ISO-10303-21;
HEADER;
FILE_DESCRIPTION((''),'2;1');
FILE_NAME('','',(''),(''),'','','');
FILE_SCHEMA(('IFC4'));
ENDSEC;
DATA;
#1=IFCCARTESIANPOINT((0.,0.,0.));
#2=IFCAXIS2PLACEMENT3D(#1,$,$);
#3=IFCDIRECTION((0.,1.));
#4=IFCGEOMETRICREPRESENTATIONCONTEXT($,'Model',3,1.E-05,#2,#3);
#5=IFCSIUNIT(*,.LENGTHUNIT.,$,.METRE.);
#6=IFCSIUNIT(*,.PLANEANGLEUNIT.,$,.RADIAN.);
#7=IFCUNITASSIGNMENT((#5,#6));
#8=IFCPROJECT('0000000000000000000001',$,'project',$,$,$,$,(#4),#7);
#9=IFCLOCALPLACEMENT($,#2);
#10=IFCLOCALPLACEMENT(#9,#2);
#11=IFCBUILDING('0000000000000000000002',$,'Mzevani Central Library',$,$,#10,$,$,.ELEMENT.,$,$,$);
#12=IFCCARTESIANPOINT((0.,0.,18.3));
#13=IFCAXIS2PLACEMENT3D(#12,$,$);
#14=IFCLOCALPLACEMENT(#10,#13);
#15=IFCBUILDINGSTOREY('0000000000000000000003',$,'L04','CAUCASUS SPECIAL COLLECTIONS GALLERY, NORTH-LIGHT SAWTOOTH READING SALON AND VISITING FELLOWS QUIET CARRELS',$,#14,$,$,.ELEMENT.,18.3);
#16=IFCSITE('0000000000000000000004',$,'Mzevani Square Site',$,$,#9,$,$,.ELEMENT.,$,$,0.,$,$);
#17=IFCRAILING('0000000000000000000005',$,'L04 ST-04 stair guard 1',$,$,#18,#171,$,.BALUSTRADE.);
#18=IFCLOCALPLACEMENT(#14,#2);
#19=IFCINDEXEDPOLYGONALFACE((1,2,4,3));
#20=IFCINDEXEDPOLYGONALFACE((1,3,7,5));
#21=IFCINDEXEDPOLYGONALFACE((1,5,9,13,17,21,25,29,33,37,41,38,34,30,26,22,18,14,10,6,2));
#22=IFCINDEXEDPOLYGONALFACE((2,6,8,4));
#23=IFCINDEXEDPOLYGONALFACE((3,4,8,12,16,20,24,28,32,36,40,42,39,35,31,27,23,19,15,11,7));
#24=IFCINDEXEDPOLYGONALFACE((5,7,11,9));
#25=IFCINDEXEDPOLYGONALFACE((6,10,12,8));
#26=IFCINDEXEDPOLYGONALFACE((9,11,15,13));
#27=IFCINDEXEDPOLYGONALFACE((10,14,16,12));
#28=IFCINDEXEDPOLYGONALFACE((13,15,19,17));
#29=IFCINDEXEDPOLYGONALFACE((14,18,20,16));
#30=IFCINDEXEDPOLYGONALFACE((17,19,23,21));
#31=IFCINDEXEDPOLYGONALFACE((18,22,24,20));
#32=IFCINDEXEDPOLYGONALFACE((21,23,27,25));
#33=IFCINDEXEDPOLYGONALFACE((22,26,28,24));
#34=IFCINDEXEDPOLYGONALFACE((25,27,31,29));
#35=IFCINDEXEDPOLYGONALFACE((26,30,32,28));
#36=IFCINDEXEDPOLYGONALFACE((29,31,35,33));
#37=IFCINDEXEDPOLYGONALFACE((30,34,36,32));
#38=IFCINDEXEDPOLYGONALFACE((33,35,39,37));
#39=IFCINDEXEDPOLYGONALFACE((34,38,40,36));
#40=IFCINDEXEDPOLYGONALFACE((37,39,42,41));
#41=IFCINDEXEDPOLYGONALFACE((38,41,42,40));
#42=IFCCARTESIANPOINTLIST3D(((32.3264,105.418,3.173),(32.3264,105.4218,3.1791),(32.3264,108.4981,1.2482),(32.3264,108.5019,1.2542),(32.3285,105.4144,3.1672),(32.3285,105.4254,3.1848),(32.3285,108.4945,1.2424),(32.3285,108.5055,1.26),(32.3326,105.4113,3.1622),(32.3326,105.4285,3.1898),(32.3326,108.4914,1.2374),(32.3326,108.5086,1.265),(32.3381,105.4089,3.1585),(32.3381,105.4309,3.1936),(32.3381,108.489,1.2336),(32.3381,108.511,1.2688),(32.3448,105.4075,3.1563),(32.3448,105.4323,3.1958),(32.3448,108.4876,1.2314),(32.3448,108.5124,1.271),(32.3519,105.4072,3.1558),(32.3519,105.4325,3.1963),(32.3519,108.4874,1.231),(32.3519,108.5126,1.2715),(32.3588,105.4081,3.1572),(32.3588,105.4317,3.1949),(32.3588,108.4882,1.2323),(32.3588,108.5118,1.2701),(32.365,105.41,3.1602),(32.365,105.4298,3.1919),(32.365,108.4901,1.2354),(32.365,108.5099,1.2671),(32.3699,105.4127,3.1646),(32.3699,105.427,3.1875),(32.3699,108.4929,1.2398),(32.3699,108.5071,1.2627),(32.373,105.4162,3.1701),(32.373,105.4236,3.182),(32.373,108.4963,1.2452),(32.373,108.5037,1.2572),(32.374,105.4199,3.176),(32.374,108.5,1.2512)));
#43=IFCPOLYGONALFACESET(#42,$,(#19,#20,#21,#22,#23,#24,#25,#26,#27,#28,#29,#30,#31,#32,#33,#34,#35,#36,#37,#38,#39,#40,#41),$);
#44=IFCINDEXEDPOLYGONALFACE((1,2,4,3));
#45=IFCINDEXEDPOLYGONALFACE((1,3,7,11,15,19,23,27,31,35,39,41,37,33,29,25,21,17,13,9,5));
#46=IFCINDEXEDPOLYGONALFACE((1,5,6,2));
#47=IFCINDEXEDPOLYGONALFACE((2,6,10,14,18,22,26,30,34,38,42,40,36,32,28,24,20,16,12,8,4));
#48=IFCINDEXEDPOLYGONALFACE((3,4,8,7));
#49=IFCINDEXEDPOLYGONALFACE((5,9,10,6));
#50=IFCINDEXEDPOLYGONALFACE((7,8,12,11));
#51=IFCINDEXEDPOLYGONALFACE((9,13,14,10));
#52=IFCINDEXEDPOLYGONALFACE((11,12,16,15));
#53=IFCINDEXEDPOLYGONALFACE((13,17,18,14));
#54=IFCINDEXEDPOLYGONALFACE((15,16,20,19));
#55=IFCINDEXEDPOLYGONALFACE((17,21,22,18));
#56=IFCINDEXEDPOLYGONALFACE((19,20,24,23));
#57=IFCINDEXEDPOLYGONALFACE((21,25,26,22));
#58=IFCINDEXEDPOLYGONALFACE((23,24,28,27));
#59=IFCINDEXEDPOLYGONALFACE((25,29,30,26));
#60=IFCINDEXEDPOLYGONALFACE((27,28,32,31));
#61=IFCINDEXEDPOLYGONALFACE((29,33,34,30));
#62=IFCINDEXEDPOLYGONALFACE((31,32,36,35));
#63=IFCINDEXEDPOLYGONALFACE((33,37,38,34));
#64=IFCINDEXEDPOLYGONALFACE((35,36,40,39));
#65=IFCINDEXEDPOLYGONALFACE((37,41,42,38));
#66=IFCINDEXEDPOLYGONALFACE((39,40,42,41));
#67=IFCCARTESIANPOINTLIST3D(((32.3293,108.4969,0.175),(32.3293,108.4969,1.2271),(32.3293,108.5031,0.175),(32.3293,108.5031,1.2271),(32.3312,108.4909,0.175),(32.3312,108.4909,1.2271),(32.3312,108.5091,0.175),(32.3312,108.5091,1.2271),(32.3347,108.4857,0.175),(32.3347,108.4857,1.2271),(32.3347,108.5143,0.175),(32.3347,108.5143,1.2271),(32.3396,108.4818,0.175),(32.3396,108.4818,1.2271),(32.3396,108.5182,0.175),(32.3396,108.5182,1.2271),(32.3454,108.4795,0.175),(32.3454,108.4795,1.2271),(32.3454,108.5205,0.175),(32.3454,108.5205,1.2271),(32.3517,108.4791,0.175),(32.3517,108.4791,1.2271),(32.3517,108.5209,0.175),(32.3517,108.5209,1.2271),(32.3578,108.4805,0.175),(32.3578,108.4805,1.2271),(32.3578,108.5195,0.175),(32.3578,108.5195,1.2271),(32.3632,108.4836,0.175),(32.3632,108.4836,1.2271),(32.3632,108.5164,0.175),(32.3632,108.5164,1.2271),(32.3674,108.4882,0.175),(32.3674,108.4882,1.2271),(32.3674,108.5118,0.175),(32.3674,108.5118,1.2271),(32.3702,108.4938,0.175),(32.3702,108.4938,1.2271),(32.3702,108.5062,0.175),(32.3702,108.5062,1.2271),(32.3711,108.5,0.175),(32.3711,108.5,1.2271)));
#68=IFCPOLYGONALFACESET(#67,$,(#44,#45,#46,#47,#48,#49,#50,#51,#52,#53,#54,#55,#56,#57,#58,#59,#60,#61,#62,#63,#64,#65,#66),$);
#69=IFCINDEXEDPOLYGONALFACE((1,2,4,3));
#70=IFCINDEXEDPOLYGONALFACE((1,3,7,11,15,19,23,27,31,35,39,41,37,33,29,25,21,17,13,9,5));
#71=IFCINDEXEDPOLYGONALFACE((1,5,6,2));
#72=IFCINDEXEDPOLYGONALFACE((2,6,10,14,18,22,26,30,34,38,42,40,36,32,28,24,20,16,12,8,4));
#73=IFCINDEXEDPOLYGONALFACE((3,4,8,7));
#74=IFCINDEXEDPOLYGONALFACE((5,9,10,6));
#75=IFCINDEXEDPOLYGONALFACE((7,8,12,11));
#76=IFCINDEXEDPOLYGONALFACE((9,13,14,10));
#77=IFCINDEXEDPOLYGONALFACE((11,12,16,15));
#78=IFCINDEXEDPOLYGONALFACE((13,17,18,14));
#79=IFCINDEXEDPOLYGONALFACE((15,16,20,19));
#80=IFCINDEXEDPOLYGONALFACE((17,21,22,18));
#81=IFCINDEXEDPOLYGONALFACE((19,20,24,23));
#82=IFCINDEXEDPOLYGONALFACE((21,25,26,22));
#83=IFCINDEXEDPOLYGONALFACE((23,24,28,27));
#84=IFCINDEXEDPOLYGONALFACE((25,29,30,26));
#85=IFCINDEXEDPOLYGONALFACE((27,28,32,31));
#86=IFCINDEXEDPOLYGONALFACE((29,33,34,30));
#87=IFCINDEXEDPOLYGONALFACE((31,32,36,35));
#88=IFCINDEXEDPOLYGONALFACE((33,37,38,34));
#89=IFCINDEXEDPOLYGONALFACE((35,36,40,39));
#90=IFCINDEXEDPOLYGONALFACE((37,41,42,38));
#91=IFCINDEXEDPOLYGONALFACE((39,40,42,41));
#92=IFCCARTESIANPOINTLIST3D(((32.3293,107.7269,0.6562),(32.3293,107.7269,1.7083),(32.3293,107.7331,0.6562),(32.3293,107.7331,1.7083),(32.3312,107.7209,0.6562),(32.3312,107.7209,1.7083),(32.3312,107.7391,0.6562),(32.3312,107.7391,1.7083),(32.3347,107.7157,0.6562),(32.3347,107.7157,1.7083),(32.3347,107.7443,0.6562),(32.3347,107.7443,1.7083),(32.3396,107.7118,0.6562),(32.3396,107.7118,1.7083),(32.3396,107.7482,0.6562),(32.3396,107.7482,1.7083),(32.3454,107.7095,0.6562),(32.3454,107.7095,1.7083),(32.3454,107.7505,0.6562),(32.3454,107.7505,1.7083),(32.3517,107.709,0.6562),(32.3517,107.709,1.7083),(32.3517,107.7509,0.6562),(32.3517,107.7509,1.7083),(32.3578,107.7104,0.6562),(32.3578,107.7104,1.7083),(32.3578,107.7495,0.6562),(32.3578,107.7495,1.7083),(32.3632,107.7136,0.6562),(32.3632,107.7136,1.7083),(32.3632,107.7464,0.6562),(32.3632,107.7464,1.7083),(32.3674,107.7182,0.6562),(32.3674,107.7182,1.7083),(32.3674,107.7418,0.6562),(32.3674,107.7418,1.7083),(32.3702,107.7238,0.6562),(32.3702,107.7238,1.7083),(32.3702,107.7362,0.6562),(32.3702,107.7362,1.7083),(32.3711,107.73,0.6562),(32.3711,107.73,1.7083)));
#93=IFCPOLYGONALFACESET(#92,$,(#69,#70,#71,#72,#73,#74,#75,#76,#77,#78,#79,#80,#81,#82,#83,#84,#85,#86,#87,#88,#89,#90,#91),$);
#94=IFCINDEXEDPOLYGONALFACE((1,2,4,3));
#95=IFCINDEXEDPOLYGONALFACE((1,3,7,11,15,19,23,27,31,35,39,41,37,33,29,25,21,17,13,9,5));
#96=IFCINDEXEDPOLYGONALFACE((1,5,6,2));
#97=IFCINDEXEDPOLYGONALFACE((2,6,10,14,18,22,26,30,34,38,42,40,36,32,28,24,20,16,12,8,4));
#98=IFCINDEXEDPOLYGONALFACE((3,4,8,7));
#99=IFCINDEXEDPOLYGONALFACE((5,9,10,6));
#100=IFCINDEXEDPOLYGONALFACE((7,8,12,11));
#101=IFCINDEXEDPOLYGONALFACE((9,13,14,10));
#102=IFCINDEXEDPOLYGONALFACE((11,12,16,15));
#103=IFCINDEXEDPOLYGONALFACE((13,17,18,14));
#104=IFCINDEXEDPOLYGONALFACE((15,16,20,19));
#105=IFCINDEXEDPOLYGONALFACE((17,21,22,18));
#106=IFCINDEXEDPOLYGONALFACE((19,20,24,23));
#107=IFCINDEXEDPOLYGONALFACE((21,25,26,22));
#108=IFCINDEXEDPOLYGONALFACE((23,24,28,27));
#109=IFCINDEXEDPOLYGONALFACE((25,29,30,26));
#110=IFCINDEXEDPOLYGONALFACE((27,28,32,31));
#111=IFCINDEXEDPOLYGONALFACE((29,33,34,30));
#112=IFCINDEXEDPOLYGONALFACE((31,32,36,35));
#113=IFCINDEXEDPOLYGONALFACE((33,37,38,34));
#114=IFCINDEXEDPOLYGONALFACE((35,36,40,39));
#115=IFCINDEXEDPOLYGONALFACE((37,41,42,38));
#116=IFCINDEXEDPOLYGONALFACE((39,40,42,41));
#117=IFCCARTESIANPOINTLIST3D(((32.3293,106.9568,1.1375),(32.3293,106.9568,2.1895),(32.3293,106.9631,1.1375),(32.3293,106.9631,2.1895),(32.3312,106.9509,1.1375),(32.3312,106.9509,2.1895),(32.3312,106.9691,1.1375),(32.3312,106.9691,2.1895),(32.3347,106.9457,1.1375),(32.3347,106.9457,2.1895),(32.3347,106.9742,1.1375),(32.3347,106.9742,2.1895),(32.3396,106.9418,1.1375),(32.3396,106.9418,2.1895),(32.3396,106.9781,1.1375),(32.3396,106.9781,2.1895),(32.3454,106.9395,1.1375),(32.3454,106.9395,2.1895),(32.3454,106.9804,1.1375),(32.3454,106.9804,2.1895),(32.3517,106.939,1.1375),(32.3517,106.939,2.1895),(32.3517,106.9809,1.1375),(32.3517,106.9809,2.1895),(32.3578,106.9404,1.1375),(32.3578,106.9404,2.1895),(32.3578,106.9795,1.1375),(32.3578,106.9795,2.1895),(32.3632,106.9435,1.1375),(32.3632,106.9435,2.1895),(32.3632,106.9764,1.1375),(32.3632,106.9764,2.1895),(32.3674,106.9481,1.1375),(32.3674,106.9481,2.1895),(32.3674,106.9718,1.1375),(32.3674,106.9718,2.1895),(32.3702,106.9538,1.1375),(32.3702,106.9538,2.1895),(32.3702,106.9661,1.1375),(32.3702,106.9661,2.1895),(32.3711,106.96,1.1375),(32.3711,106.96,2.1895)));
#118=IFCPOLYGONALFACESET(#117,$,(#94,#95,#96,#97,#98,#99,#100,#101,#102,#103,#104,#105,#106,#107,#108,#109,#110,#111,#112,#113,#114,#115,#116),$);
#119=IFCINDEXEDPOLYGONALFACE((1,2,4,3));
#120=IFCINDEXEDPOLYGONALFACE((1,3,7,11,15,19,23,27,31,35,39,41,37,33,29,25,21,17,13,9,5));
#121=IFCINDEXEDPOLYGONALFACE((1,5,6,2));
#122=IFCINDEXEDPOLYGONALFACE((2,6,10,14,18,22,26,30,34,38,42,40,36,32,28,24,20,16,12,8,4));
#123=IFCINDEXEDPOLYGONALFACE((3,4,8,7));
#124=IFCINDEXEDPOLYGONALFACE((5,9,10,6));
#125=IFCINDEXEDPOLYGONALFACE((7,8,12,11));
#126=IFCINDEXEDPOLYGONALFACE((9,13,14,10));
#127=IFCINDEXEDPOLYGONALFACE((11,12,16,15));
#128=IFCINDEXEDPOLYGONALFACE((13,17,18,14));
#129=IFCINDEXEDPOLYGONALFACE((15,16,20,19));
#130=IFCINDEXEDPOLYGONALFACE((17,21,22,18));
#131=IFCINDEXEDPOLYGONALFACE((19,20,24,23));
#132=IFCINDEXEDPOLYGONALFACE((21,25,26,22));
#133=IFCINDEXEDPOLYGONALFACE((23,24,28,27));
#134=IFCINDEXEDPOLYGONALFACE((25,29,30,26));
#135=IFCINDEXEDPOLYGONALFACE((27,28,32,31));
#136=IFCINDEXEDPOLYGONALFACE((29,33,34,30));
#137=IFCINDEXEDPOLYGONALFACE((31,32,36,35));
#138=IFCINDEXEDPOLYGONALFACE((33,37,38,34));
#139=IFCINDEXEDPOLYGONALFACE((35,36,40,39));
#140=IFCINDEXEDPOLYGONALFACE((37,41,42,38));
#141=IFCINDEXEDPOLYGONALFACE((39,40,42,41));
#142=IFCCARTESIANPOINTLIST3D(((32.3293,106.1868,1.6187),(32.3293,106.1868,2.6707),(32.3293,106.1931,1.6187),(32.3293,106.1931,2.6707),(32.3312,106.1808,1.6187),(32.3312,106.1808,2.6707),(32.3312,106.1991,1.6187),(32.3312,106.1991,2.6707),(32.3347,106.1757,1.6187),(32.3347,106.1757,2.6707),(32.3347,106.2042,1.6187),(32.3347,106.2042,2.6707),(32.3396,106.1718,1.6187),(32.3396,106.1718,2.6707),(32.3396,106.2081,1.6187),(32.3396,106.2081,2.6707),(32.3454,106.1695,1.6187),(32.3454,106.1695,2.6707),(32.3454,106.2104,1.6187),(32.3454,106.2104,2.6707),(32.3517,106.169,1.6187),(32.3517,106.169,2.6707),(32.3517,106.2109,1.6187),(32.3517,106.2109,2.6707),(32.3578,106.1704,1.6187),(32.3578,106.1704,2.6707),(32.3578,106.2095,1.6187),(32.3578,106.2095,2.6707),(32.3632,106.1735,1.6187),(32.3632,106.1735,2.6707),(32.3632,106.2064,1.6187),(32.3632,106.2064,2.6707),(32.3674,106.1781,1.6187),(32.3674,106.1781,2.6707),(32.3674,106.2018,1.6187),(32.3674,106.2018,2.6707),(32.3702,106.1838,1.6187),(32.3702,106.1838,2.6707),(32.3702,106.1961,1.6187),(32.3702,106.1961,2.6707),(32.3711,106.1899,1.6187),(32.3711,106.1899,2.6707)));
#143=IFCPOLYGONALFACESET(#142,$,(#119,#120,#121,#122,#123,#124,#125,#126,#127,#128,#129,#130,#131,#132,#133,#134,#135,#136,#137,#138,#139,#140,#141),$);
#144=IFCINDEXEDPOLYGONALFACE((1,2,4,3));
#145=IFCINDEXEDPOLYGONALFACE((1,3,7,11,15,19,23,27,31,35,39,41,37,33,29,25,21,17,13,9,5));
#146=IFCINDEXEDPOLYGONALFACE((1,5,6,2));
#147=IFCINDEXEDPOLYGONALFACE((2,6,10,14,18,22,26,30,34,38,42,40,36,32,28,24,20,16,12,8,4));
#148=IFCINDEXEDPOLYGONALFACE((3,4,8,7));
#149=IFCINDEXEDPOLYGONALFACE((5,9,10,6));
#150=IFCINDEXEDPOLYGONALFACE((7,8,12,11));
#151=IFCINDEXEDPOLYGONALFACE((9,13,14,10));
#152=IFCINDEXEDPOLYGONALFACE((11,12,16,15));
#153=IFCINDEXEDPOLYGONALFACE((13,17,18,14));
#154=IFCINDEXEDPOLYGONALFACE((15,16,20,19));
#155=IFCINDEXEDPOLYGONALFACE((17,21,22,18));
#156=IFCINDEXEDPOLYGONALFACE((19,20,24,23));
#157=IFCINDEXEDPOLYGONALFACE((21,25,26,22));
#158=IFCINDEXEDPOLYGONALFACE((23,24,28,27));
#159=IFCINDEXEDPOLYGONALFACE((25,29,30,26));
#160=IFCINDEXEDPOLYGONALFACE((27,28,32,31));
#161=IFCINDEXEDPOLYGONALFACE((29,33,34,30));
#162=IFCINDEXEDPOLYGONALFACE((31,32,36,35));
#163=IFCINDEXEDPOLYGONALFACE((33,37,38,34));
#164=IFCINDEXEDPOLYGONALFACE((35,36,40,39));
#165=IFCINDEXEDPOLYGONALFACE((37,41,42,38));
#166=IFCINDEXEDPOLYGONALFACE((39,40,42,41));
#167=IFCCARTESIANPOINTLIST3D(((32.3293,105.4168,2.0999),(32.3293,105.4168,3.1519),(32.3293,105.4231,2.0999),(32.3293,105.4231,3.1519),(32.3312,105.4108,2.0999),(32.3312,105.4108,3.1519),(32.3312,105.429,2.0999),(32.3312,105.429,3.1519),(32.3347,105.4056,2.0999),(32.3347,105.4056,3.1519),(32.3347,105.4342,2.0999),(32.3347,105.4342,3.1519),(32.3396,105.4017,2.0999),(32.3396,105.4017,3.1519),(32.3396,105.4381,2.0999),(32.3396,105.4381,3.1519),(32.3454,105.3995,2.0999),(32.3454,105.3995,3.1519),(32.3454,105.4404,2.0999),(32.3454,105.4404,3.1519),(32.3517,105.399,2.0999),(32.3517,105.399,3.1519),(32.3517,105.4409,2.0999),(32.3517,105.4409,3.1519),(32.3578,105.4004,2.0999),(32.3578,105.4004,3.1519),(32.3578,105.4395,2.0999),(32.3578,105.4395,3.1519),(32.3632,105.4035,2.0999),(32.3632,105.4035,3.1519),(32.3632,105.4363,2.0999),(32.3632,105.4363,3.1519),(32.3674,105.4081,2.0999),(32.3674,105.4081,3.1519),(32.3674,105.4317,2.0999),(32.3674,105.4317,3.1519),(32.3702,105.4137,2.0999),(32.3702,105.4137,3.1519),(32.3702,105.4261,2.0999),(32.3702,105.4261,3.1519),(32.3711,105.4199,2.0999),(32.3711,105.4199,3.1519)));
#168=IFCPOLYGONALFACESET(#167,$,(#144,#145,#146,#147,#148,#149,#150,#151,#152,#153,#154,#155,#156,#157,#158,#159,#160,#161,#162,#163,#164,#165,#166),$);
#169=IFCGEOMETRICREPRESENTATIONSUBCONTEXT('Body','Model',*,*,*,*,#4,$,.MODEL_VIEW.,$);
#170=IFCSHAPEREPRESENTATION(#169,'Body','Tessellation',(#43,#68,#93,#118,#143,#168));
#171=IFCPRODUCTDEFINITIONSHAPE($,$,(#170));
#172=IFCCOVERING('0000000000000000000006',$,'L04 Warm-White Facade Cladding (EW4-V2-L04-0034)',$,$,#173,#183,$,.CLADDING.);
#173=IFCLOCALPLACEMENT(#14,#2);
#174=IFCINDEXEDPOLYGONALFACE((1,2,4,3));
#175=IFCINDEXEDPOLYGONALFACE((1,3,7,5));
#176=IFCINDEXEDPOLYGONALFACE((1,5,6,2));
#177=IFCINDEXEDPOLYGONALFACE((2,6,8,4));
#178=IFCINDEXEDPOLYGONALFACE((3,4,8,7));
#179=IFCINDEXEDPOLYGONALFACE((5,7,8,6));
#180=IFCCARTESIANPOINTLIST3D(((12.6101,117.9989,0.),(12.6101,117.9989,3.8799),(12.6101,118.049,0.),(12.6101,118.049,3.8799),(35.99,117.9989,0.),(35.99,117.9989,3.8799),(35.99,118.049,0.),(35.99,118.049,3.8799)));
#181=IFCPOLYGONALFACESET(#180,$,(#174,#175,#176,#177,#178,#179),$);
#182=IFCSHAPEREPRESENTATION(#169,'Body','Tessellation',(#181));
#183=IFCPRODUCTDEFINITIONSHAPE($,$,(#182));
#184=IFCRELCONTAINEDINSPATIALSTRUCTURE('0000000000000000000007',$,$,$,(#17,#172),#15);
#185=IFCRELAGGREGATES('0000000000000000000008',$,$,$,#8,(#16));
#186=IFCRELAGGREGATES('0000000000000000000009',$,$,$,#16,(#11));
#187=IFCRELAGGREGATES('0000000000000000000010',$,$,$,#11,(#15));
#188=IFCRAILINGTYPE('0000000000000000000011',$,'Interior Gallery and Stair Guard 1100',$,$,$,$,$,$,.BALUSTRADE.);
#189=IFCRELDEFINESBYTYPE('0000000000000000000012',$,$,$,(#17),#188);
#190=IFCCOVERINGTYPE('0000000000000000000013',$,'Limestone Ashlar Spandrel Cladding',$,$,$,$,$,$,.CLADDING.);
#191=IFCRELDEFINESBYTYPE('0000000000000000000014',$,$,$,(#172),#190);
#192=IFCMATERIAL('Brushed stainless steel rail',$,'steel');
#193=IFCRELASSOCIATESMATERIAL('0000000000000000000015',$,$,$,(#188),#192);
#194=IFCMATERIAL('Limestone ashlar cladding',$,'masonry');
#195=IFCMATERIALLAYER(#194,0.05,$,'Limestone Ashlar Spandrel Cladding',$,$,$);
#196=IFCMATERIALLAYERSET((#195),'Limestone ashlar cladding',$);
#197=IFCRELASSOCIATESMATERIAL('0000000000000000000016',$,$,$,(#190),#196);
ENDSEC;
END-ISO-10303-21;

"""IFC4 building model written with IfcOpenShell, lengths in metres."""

from ifc_helpers import new_model, si_unit, direction, frame, origin, origin_2d, place, context, subcontext, project, spatial, rectangle, circle, extrude, material, layer, layer_set, type_object, element, save


model = new_model("IFC4")

# Units and contexts
model_context = context("Model", 3, precision=1e-05, world=origin(), true_north=direction((0.0, 1.0)))
body_context = subcontext(model_context, "Body", "Model", "MODEL_VIEW")
ifc_project = project(units=[si_unit("LENGTHUNIT", "METRE"), si_unit("PLANEANGLEUNIT", "RADIAN")], contexts=[model_context])

# Site, building, storey
site_placement = place(None, origin())
site = spatial("IfcSite", under=ifc_project, at=site_placement, Name="Mzevani Square Site", CompositionType="ELEMENT", RefElevation=0.0)
building_placement = place(site_placement, origin())
building = spatial("IfcBuilding", under=site, at=building_placement, Name="Mzevani Central Library", CompositionType="ELEMENT")
storey_placement = place(building_placement, frame((0.0, 0.0, 18.3)))
storey = spatial("IfcBuildingStorey", under=building, at=storey_placement, Name="L04", Description="CAUCASUS SPECIAL COLLECTIONS GALLERY, NORTH-LIGHT SAWTOOTH READING SALON AND VISITING FELLOWS QUIET CARRELS", CompositionType="ELEMENT", Elevation=18.3)

# Railing
ifc_material_1 = material(Name="Brushed stainless steel rail", Category="steel")
railing_type_1 = type_object("IfcRailingType", Name="Interior Gallery and Stair Guard 1100", PredefinedType="BALUSTRADE", material=ifc_material_1)
railing_1_placement = place(storey_placement, frame((32.3501, 108.5, 0.175)))
element("IfcRailing", 1, at=railing_1_placement, inside=storey, type_object=railing_type_1, Name="L04 ST-04 stair guard 1", PredefinedType="BALUSTRADE", context=body_context, shape_type="SweptSolid", body=[
    extrude(circle(Radius=0.0239, at=origin_2d()), frame((0.0, 0.0, 1.0762), z_axis=(0.0, -0.848029, 0.529951), x_axis=(1.0, 0.0, 0.0)), (0.0, 0.0, 1.0), 3.6321),
    extrude(circle(Radius=0.021, at=origin_2d()), origin(), (0.0, 0.0, 1.0), 1.052),
    extrude(circle(Radius=0.021, at=origin_2d()), frame((0.0, -0.77, 0.4812)), (0.0, 0.0, 1.0), 1.052),
    extrude(circle(Radius=0.021, at=origin_2d()), frame((0.0, -1.54, 0.9624)), (0.0, 0.0, 1.0), 1.052),
    extrude(circle(Radius=0.021, at=origin_2d()), frame((0.0, -2.3101, 1.4436)), (0.0, 0.0, 1.0), 1.052),
    extrude(circle(Radius=0.021, at=origin_2d()), frame((0.0, -3.0801, 1.9248)), (0.0, 0.0, 1.0), 1.052),
])

# Covering
ifc_material_2 = material(Name="Limestone ashlar cladding", Category="masonry")
ifc_layer_1 = layer(ifc_material_2, 0.05, Name="Limestone Ashlar Spandrel Cladding")
ifc_layer_set_1 = layer_set([ifc_layer_1], Name="Limestone ashlar cladding")
covering_type = type_object("IfcCoveringType", Name="Limestone Ashlar Spandrel Cladding", PredefinedType="CLADDING", material=ifc_layer_set_1)
covering_placement = place(storey_placement, frame((24.3, 118.0239, 0.0), z_axis=(0.0, 0.0, 1.0), x_axis=(1.0, 0.0, 0.0)))
element("IfcCovering", 2, at=covering_placement, inside=storey, type_object=covering_type, Name="L04 Warm-White Facade Cladding (EW4-V2-L04-0034)", PredefinedType="CLADDING", context=body_context, shape_type="SweptSolid", body=[
    extrude(rectangle(XDim=23.3799, YDim=0.05, at=origin_2d()), origin(), (0.0, 0.0, 1.0), 3.8799),
])

save(model, "model.ifc")
